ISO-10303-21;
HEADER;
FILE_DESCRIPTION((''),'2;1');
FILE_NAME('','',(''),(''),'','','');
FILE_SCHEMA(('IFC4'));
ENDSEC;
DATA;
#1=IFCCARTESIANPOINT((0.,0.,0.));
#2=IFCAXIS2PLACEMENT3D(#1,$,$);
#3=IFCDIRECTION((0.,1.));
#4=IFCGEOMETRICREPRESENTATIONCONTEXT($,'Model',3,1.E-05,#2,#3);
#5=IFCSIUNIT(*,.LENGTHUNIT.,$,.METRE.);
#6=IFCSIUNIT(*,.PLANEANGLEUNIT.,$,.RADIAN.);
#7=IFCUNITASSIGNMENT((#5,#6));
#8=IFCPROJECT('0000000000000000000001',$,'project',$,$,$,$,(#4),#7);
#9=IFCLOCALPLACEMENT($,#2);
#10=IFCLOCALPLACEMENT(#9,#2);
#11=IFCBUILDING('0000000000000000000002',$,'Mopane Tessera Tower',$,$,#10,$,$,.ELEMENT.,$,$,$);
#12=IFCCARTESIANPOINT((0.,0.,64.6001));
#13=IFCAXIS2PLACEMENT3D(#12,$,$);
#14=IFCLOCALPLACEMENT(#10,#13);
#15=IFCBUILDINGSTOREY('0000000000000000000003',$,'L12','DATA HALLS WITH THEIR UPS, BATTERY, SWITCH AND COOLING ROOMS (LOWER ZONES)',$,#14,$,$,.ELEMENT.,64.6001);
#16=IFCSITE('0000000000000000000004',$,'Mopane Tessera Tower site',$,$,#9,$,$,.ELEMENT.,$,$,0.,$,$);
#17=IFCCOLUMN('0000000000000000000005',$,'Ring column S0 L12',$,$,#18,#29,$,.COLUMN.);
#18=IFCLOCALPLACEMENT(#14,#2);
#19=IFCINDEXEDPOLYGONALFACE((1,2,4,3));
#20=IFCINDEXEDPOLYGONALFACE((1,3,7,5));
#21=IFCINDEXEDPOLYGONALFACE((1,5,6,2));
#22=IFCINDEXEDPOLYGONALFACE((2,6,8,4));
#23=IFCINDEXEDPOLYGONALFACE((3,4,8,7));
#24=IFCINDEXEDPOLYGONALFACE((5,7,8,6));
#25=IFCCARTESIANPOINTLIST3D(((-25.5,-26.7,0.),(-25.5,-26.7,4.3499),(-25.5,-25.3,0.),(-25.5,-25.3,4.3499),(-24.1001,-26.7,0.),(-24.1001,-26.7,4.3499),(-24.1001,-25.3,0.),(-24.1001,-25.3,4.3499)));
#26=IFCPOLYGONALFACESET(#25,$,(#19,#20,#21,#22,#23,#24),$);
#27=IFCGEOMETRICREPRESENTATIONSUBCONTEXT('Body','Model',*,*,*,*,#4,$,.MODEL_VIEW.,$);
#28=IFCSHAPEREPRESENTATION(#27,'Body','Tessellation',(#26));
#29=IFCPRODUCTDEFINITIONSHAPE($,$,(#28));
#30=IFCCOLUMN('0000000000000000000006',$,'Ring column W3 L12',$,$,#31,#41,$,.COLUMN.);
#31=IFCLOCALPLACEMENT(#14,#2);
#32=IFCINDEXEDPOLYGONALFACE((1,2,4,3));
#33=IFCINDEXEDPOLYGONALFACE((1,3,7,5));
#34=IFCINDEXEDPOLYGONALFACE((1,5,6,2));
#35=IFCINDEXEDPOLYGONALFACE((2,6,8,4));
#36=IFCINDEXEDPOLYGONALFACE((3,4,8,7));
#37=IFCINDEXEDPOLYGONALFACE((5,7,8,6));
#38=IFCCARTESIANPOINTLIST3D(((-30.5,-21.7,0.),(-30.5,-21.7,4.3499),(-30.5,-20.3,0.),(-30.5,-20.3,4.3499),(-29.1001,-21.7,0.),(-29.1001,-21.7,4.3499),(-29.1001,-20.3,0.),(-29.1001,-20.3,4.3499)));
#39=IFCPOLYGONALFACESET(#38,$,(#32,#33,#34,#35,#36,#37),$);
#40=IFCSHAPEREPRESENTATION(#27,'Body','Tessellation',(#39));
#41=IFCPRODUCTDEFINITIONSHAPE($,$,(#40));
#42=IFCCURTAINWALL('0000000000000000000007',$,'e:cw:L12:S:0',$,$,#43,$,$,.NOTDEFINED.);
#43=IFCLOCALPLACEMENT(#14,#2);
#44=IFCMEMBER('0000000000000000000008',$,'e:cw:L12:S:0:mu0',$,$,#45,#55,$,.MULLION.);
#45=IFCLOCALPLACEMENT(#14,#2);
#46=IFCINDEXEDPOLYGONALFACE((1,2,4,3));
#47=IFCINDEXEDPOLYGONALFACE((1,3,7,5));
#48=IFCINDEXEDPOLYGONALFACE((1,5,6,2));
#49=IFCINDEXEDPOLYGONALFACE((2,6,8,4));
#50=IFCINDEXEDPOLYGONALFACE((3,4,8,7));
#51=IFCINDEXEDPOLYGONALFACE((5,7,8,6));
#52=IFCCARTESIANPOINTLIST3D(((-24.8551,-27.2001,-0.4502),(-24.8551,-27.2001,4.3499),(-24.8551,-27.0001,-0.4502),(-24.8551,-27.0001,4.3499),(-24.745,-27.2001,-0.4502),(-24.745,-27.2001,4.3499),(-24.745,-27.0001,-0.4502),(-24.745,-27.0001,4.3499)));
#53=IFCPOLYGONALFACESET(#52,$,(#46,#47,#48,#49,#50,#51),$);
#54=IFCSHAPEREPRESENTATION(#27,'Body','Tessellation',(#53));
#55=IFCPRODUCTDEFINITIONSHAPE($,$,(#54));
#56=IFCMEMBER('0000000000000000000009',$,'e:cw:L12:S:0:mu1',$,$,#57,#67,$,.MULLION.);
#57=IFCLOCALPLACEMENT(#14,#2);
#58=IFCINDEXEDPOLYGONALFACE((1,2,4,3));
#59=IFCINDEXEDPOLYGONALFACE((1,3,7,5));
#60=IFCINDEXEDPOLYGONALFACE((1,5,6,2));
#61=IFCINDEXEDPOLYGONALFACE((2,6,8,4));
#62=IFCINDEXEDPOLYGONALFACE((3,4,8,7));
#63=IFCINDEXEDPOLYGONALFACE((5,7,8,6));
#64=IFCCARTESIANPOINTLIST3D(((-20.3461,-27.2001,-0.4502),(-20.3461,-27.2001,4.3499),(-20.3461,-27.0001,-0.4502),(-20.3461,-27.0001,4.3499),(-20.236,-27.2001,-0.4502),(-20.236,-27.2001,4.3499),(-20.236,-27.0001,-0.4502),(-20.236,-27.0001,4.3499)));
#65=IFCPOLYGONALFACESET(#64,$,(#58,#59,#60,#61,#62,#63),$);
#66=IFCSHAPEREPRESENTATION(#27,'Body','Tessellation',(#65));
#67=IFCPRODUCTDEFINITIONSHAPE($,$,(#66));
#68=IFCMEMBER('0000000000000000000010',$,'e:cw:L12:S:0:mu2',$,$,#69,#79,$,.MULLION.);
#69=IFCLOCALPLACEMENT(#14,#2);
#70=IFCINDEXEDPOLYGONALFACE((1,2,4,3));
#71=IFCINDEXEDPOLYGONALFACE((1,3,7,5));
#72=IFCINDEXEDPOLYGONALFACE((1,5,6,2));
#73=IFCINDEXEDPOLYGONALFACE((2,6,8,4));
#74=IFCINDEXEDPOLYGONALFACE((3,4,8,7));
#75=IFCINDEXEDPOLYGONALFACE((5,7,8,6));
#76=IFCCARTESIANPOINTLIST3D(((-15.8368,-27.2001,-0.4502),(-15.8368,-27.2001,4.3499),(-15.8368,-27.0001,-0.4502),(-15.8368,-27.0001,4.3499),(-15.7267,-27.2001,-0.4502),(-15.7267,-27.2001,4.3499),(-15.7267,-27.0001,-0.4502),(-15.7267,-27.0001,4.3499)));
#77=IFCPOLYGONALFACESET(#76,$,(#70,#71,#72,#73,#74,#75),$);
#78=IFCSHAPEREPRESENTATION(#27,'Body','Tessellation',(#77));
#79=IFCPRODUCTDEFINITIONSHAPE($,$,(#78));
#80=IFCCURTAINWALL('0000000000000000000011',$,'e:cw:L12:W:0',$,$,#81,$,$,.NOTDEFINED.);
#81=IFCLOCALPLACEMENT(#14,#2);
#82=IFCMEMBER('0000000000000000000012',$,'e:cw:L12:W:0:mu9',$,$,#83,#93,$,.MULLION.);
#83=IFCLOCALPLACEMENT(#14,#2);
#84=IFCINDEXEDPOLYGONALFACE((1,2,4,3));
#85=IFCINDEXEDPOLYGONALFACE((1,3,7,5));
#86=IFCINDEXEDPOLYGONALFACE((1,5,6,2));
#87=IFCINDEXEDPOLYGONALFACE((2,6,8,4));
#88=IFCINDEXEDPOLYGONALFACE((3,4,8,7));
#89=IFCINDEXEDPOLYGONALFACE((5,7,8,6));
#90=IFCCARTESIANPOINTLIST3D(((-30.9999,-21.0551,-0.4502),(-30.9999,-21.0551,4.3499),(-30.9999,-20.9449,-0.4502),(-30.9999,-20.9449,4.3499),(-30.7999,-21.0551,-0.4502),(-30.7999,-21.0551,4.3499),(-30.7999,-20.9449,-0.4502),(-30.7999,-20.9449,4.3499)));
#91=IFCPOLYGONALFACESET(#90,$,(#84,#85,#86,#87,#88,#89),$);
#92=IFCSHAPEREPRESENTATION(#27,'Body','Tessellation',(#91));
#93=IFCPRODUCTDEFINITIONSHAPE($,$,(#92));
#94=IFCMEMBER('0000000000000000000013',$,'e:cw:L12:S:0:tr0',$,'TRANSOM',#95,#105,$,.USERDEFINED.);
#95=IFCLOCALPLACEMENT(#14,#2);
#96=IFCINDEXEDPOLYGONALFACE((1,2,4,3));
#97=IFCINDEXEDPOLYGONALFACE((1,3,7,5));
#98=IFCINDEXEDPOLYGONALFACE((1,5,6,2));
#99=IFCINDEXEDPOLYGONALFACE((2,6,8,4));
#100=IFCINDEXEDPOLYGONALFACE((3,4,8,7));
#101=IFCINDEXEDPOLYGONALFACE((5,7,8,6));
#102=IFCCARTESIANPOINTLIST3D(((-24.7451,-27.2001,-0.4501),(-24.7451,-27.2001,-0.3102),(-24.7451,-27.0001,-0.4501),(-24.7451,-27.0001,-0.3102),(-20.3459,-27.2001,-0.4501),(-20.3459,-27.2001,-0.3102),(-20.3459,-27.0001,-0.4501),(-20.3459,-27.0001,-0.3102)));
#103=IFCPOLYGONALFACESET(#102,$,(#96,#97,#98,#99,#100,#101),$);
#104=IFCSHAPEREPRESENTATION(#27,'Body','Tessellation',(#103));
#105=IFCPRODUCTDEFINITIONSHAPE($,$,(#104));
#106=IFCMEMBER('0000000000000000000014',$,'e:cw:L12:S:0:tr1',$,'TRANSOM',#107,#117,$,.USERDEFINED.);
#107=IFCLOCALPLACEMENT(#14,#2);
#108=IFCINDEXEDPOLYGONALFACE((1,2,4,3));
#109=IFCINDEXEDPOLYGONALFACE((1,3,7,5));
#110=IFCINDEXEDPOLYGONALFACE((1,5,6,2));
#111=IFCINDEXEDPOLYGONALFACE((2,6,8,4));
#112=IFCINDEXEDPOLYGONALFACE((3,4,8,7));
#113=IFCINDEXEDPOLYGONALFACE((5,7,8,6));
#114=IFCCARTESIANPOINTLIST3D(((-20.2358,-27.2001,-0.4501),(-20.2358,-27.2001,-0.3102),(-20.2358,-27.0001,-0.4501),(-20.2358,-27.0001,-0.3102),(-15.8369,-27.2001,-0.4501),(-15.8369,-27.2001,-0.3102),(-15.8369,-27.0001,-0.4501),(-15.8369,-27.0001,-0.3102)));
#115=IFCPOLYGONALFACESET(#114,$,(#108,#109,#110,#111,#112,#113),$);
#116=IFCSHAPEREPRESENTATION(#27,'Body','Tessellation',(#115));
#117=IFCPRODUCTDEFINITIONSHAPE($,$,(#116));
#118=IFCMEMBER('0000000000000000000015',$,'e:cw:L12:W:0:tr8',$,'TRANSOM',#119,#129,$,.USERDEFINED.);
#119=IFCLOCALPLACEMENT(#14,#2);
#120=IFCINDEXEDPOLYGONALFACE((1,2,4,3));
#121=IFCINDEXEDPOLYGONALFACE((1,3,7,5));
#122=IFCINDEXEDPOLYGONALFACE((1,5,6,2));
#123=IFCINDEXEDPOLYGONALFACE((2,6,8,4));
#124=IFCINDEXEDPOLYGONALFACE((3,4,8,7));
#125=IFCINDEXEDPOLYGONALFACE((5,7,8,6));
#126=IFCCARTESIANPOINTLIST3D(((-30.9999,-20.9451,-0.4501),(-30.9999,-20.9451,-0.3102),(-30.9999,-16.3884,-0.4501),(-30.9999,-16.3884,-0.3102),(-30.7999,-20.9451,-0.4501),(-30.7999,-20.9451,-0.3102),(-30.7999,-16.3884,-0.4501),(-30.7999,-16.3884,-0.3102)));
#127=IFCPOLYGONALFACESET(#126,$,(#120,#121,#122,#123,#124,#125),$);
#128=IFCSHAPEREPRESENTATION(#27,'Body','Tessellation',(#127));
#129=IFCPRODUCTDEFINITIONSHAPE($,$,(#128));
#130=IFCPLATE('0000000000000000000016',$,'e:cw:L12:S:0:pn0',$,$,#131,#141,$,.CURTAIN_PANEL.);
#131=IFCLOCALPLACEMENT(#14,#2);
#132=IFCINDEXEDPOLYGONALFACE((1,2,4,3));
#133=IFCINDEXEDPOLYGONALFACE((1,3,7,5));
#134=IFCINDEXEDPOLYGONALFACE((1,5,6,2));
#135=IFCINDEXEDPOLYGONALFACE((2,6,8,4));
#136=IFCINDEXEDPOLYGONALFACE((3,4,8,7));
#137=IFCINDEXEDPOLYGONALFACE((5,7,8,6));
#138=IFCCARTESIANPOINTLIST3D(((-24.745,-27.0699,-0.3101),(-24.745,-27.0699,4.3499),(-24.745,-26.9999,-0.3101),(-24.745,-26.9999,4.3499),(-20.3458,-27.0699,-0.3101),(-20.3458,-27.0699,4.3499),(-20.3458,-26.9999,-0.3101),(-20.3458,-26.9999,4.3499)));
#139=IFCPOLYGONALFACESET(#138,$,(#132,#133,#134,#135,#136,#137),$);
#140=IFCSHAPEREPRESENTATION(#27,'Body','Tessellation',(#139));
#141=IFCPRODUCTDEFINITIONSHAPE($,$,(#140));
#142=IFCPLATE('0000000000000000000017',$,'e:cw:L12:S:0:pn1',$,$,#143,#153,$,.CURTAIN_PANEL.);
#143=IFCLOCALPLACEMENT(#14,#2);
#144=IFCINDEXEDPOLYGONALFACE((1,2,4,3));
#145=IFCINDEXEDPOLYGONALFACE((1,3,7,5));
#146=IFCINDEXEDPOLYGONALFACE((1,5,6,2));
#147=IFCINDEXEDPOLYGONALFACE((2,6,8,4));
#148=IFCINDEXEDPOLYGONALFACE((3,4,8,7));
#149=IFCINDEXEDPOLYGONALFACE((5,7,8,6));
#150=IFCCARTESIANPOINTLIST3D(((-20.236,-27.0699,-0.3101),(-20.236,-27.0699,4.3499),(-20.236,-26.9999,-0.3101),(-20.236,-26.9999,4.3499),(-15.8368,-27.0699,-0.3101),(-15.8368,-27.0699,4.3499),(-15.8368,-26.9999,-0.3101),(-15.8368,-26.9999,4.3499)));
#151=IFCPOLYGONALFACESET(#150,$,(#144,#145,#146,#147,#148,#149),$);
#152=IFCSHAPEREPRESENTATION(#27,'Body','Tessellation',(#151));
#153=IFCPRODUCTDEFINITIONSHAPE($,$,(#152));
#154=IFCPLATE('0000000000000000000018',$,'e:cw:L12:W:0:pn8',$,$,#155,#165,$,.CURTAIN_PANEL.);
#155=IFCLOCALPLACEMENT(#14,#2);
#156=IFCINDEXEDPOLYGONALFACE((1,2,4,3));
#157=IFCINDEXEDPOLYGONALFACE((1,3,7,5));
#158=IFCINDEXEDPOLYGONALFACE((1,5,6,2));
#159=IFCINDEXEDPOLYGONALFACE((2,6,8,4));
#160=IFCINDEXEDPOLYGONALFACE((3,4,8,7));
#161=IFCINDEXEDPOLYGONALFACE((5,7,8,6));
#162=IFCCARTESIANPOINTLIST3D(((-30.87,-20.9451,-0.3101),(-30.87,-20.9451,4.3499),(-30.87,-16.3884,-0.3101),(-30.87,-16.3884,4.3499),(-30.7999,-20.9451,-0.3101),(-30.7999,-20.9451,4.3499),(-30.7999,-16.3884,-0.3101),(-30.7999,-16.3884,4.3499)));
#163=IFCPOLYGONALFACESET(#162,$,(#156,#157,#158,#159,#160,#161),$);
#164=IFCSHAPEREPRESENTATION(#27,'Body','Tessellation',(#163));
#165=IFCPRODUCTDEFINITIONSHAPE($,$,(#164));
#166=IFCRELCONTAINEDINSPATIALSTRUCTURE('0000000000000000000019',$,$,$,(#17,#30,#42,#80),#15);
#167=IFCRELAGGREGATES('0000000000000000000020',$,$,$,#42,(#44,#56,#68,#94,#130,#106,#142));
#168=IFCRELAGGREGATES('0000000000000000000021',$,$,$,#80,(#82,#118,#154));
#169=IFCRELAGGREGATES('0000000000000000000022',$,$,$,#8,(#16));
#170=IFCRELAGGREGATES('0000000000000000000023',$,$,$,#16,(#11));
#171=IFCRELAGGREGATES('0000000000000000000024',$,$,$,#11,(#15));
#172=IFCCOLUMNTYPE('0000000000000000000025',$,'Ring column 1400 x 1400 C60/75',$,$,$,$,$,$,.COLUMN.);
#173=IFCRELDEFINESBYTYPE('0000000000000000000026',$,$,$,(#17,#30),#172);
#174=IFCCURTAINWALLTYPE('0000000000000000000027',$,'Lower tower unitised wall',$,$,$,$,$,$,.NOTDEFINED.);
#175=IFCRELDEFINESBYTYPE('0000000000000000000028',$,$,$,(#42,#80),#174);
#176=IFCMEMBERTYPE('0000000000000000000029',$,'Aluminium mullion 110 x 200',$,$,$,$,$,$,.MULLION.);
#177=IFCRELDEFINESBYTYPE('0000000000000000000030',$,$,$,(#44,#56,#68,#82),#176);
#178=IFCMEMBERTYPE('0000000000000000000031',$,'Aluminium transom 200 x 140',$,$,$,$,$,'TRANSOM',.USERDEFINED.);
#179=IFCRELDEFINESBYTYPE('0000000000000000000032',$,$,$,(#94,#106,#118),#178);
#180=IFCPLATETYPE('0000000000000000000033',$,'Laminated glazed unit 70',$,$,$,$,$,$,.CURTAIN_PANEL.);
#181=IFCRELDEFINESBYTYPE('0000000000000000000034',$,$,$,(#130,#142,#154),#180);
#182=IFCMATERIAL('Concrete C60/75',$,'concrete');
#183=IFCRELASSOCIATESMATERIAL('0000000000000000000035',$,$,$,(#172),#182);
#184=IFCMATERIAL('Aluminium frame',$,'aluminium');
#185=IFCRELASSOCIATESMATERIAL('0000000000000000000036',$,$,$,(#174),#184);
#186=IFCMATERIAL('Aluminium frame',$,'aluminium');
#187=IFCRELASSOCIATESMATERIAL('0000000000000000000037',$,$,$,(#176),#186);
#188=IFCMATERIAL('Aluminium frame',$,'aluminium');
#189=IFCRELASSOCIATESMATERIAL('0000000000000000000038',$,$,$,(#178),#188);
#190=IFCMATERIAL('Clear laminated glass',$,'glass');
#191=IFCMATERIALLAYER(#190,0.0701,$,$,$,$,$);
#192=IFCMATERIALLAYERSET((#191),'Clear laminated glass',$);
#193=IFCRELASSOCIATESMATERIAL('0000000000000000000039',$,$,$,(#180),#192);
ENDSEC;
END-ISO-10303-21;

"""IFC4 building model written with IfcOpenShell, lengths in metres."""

from ifc_helpers import new_model, si_unit, direction, frame, origin, origin_2d, place, context, subcontext, project, spatial, rectangle, extrude, material, layer, layer_set, material_profile, profile_set, type_object, element, aggregate, save


model = new_model("IFC4")

# Units and contexts
model_context = context("Model", 3, precision=1e-05, world=origin(), true_north=direction((0.0, 1.0)))
body_context = subcontext(model_context, "Body", "Model", "MODEL_VIEW")
ifc_project = project(units=[si_unit("LENGTHUNIT", "METRE"), si_unit("PLANEANGLEUNIT", "RADIAN")], contexts=[model_context])

# Site, building, storey
site_placement = place(None, origin())
site = spatial("IfcSite", under=ifc_project, at=site_placement, Name="Mopane Tessera Tower site", CompositionType="ELEMENT", RefElevation=0.0)
building_placement = place(site_placement, origin())
building = spatial("IfcBuilding", under=site, at=building_placement, Name="Mopane Tessera Tower", CompositionType="ELEMENT")
storey_placement = place(building_placement, frame((0.0, 0.0, 64.6001)))
storey = spatial("IfcBuildingStorey", under=building, at=storey_placement, Name="L12", Description="DATA HALLS WITH THEIR UPS, BATTERY, SWITCH AND COOLING ROOMS (LOWER ZONES)", CompositionType="ELEMENT", Elevation=64.6001)

# Columns
ifc_material_1 = material(Name="Concrete C60/75", Category="concrete")
ifc_material_profile_1 = material_profile(ifc_material_1, rectangle(XDim=1.3999, YDim=1.3999, at=origin_2d()))
ifc_profile_set_1 = profile_set([ifc_material_profile_1], Name="Concrete C60/75")
column_type = type_object("IfcColumnType", Name="Ring column 1400 x 1400 C60/75", PredefinedType="COLUMN", material=ifc_profile_set_1)
for number, where, z_axis, x_axis, name in (
    (1, (-24.8, -26.0, 0.0), (0.0, 0.0, 1.0), (1.0, 0.0, 0.0), "Ring column S0 L12"),
    (2, (-29.8, -21.0, 0.0), (0.0, 0.0, 1.0), (1.0, 0.0, 0.0), "Ring column W3 L12"),
):
    element("IfcColumn", number, at=place(storey_placement, frame(where, z_axis=z_axis, x_axis=x_axis)), inside=storey, type_object=column_type, Name=name, PredefinedType="COLUMN", context=body_context, shape_type="SweptSolid", body=[
        extrude(rectangle(XDim=1.3999, YDim=1.3999, at=origin_2d()), origin(), (0.0, 0.0, 1.0), 4.3499),
    ])

# Curtain wall, members
ifc_material_2 = material(Name="Aluminium frame", Category="aluminium")
curtain_wall_type = type_object("IfcCurtainWallType", Name="Lower tower unitised wall", PredefinedType="NOTDEFINED", material=ifc_material_2)
curtain_wall_1_placement = place(storey_placement, origin())
curtain_wall_1 = element("IfcCurtainWall", 3, at=curtain_wall_1_placement, inside=storey, type_object=curtain_wall_type, Name="e:cw:L12:S:0", PredefinedType="NOTDEFINED")
ifc_material_3 = material(Name="Aluminium frame", Category="aluminium")
ifc_material_profile_2 = material_profile(ifc_material_3, rectangle(XDim=0.1101, YDim=0.2, at=origin_2d()))
ifc_profile_set_2 = profile_set([ifc_material_profile_2], Name="Aluminium frame")
member_type_1 = type_object("IfcMemberType", Name="Aluminium mullion 110 x 200", PredefinedType="MULLION", material=ifc_profile_set_2)
member_1_placement = place(storey_placement, frame((-24.8, -27.1001, -0.4502), z_axis=(0.0, 0.0, 1.0), x_axis=(1.0, 0.0, 0.0)))
member_1 = element("IfcMember", 4, at=member_1_placement, type_object=member_type_1, Name="e:cw:L12:S:0:mu0", PredefinedType="MULLION", context=body_context, shape_type="SweptSolid", body=[
    extrude(rectangle(XDim=0.1101, YDim=0.2, at=origin_2d()), origin(), (0.0, 0.0, 1.0), 4.8),
])
member_2_placement = place(storey_placement, frame((-20.291, -27.1001, -0.4502), z_axis=(0.0, 0.0, 1.0), x_axis=(1.0, 0.0, 0.0)))
member_2 = element("IfcMember", 5, at=member_2_placement, type_object=member_type_1, Name="e:cw:L12:S:0:mu1", PredefinedType="MULLION", context=body_context, shape_type="SweptSolid", body=[
    extrude(rectangle(XDim=0.1101, YDim=0.2, at=origin_2d()), origin(), (0.0, 0.0, 1.0), 4.8),
])
member_3_placement = place(storey_placement, frame((-15.7817, -27.1001, -0.4502), z_axis=(0.0, 0.0, 1.0), x_axis=(1.0, 0.0, 0.0)))
member_3 = element("IfcMember", 6, at=member_3_placement, type_object=member_type_1, Name="e:cw:L12:S:0:mu2", PredefinedType="MULLION", context=body_context, shape_type="SweptSolid", body=[
    extrude(rectangle(XDim=0.1101, YDim=0.2, at=origin_2d()), origin(), (0.0, 0.0, 1.0), 4.8),
])

# Curtain wall, member
curtain_wall_2_placement = place(storey_placement, origin())
curtain_wall_2 = element("IfcCurtainWall", 7, at=curtain_wall_2_placement, inside=storey, type_object=curtain_wall_type, Name="e:cw:L12:W:0", PredefinedType="NOTDEFINED")
member_4_placement = place(storey_placement, frame((-30.8999, -21.0, -0.4502), z_axis=(0.0, 0.0, 1.0), x_axis=(0.0, -1.0, 0.0)))
member_4 = element("IfcMember", 8, at=member_4_placement, type_object=member_type_1, Name="e:cw:L12:W:0:mu9", PredefinedType="MULLION", context=body_context, shape_type="SweptSolid", body=[
    extrude(rectangle(XDim=0.1101, YDim=0.2, at=origin_2d()), origin(), (0.0, 0.0, 1.0), 4.8),
])

# Members
ifc_material_4 = material(Name="Aluminium frame", Category="aluminium")
ifc_material_profile_3 = material_profile(ifc_material_4, rectangle(XDim=0.2, YDim=0.1399, at=origin_2d()))
ifc_profile_set_3 = profile_set([ifc_material_profile_3], Name="Aluminium frame")
member_type_2 = type_object("IfcMemberType", Name="Aluminium transom 200 x 140", ElementType="TRANSOM", PredefinedType="USERDEFINED", material=ifc_profile_set_3)
member_5_placement = place(storey_placement, frame((-24.7451, -27.1001, -0.3801), z_axis=(1.0, 0.0, 0.0), x_axis=(0.0, 1.0, 0.0)))
member_5 = element("IfcMember", 9, at=member_5_placement, type_object=member_type_2, Name="e:cw:L12:S:0:tr0", ObjectType="TRANSOM", PredefinedType="USERDEFINED", context=body_context, shape_type="SweptSolid", body=[
    extrude(rectangle(XDim=0.2, YDim=0.1399, at=origin_2d()), origin(), (0.0, 0.0, 1.0), 4.3992),
])
member_6_placement = place(storey_placement, frame((-20.2358, -27.1001, -0.3801), z_axis=(1.0, 0.0, 0.0), x_axis=(0.0, 1.0, 0.0)))
member_6 = element("IfcMember", 10, at=member_6_placement, type_object=member_type_2, Name="e:cw:L12:S:0:tr1", ObjectType="TRANSOM", PredefinedType="USERDEFINED", context=body_context, shape_type="SweptSolid", body=[
    extrude(rectangle(XDim=0.2, YDim=0.1399, at=origin_2d()), origin(), (0.0, 0.0, 1.0), 4.3989),
])
member_7_placement = place(storey_placement, frame((-30.8999, -16.3884, -0.3801), z_axis=(0.0, -1.0, 0.0), x_axis=(1.0, 0.0, 0.0)))
member_7 = element("IfcMember", 11, at=member_7_placement, type_object=member_type_2, Name="e:cw:L12:W:0:tr8", ObjectType="TRANSOM", PredefinedType="USERDEFINED", context=body_context, shape_type="SweptSolid", body=[
    extrude(rectangle(XDim=0.2, YDim=0.1399, at=origin_2d()), origin(), (0.0, 0.0, 1.0), 4.5566),
])

# Plates
ifc_material_5 = material(Name="Clear laminated glass", Category="glass")
ifc_layer_1 = layer(ifc_material_5, 0.0701)
ifc_layer_set_1 = layer_set([ifc_layer_1], Name="Clear laminated glass")
plate_type = type_object("IfcPlateType", Name="Laminated glazed unit 70", PredefinedType="CURTAIN_PANEL", material=ifc_layer_set_1)
plate_1_placement = place(storey_placement, frame((-22.5454, -27.0349, -0.3101), z_axis=(0.0, 0.0, 1.0), x_axis=(1.0, 0.0, 0.0)))
plate_1 = element("IfcPlate", 12, at=plate_1_placement, type_object=plate_type, Name="e:cw:L12:S:0:pn0", PredefinedType="CURTAIN_PANEL", context=body_context, shape_type="SweptSolid", body=[
    extrude(rectangle(XDim=4.3992, YDim=0.0701, at=origin_2d()), origin(), (0.0, 0.0, 1.0), 4.6599),
])
plate_2_placement = place(storey_placement, frame((-18.0364, -27.0349, -0.3101), z_axis=(0.0, 0.0, 1.0), x_axis=(1.0, 0.0, 0.0)))
plate_2 = element("IfcPlate", 13, at=plate_2_placement, type_object=plate_type, Name="e:cw:L12:S:0:pn1", PredefinedType="CURTAIN_PANEL", context=body_context, shape_type="SweptSolid", body=[
    extrude(rectangle(XDim=4.3992, YDim=0.0701, at=origin_2d()), origin(), (0.0, 0.0, 1.0), 4.6599),
])
aggregate(curtain_wall_1, [member_1, member_2, member_3, member_5, plate_1, member_6, plate_2])
plate_3_placement = place(storey_placement, frame((-30.835, -18.6667, -0.3101), z_axis=(0.0, 0.0, 1.0), x_axis=(0.0, -1.0, 0.0)))
plate_3 = element("IfcPlate", 14, at=plate_3_placement, type_object=plate_type, Name="e:cw:L12:W:0:pn8", PredefinedType="CURTAIN_PANEL", context=body_context, shape_type="SweptSolid", body=[
    extrude(rectangle(XDim=4.5566, YDim=0.0701, at=origin_2d()), origin(), (0.0, 0.0, 1.0), 4.6599),
])
aggregate(curtain_wall_2, [member_4, member_7, plate_3])

save(model, "model.ifc")
